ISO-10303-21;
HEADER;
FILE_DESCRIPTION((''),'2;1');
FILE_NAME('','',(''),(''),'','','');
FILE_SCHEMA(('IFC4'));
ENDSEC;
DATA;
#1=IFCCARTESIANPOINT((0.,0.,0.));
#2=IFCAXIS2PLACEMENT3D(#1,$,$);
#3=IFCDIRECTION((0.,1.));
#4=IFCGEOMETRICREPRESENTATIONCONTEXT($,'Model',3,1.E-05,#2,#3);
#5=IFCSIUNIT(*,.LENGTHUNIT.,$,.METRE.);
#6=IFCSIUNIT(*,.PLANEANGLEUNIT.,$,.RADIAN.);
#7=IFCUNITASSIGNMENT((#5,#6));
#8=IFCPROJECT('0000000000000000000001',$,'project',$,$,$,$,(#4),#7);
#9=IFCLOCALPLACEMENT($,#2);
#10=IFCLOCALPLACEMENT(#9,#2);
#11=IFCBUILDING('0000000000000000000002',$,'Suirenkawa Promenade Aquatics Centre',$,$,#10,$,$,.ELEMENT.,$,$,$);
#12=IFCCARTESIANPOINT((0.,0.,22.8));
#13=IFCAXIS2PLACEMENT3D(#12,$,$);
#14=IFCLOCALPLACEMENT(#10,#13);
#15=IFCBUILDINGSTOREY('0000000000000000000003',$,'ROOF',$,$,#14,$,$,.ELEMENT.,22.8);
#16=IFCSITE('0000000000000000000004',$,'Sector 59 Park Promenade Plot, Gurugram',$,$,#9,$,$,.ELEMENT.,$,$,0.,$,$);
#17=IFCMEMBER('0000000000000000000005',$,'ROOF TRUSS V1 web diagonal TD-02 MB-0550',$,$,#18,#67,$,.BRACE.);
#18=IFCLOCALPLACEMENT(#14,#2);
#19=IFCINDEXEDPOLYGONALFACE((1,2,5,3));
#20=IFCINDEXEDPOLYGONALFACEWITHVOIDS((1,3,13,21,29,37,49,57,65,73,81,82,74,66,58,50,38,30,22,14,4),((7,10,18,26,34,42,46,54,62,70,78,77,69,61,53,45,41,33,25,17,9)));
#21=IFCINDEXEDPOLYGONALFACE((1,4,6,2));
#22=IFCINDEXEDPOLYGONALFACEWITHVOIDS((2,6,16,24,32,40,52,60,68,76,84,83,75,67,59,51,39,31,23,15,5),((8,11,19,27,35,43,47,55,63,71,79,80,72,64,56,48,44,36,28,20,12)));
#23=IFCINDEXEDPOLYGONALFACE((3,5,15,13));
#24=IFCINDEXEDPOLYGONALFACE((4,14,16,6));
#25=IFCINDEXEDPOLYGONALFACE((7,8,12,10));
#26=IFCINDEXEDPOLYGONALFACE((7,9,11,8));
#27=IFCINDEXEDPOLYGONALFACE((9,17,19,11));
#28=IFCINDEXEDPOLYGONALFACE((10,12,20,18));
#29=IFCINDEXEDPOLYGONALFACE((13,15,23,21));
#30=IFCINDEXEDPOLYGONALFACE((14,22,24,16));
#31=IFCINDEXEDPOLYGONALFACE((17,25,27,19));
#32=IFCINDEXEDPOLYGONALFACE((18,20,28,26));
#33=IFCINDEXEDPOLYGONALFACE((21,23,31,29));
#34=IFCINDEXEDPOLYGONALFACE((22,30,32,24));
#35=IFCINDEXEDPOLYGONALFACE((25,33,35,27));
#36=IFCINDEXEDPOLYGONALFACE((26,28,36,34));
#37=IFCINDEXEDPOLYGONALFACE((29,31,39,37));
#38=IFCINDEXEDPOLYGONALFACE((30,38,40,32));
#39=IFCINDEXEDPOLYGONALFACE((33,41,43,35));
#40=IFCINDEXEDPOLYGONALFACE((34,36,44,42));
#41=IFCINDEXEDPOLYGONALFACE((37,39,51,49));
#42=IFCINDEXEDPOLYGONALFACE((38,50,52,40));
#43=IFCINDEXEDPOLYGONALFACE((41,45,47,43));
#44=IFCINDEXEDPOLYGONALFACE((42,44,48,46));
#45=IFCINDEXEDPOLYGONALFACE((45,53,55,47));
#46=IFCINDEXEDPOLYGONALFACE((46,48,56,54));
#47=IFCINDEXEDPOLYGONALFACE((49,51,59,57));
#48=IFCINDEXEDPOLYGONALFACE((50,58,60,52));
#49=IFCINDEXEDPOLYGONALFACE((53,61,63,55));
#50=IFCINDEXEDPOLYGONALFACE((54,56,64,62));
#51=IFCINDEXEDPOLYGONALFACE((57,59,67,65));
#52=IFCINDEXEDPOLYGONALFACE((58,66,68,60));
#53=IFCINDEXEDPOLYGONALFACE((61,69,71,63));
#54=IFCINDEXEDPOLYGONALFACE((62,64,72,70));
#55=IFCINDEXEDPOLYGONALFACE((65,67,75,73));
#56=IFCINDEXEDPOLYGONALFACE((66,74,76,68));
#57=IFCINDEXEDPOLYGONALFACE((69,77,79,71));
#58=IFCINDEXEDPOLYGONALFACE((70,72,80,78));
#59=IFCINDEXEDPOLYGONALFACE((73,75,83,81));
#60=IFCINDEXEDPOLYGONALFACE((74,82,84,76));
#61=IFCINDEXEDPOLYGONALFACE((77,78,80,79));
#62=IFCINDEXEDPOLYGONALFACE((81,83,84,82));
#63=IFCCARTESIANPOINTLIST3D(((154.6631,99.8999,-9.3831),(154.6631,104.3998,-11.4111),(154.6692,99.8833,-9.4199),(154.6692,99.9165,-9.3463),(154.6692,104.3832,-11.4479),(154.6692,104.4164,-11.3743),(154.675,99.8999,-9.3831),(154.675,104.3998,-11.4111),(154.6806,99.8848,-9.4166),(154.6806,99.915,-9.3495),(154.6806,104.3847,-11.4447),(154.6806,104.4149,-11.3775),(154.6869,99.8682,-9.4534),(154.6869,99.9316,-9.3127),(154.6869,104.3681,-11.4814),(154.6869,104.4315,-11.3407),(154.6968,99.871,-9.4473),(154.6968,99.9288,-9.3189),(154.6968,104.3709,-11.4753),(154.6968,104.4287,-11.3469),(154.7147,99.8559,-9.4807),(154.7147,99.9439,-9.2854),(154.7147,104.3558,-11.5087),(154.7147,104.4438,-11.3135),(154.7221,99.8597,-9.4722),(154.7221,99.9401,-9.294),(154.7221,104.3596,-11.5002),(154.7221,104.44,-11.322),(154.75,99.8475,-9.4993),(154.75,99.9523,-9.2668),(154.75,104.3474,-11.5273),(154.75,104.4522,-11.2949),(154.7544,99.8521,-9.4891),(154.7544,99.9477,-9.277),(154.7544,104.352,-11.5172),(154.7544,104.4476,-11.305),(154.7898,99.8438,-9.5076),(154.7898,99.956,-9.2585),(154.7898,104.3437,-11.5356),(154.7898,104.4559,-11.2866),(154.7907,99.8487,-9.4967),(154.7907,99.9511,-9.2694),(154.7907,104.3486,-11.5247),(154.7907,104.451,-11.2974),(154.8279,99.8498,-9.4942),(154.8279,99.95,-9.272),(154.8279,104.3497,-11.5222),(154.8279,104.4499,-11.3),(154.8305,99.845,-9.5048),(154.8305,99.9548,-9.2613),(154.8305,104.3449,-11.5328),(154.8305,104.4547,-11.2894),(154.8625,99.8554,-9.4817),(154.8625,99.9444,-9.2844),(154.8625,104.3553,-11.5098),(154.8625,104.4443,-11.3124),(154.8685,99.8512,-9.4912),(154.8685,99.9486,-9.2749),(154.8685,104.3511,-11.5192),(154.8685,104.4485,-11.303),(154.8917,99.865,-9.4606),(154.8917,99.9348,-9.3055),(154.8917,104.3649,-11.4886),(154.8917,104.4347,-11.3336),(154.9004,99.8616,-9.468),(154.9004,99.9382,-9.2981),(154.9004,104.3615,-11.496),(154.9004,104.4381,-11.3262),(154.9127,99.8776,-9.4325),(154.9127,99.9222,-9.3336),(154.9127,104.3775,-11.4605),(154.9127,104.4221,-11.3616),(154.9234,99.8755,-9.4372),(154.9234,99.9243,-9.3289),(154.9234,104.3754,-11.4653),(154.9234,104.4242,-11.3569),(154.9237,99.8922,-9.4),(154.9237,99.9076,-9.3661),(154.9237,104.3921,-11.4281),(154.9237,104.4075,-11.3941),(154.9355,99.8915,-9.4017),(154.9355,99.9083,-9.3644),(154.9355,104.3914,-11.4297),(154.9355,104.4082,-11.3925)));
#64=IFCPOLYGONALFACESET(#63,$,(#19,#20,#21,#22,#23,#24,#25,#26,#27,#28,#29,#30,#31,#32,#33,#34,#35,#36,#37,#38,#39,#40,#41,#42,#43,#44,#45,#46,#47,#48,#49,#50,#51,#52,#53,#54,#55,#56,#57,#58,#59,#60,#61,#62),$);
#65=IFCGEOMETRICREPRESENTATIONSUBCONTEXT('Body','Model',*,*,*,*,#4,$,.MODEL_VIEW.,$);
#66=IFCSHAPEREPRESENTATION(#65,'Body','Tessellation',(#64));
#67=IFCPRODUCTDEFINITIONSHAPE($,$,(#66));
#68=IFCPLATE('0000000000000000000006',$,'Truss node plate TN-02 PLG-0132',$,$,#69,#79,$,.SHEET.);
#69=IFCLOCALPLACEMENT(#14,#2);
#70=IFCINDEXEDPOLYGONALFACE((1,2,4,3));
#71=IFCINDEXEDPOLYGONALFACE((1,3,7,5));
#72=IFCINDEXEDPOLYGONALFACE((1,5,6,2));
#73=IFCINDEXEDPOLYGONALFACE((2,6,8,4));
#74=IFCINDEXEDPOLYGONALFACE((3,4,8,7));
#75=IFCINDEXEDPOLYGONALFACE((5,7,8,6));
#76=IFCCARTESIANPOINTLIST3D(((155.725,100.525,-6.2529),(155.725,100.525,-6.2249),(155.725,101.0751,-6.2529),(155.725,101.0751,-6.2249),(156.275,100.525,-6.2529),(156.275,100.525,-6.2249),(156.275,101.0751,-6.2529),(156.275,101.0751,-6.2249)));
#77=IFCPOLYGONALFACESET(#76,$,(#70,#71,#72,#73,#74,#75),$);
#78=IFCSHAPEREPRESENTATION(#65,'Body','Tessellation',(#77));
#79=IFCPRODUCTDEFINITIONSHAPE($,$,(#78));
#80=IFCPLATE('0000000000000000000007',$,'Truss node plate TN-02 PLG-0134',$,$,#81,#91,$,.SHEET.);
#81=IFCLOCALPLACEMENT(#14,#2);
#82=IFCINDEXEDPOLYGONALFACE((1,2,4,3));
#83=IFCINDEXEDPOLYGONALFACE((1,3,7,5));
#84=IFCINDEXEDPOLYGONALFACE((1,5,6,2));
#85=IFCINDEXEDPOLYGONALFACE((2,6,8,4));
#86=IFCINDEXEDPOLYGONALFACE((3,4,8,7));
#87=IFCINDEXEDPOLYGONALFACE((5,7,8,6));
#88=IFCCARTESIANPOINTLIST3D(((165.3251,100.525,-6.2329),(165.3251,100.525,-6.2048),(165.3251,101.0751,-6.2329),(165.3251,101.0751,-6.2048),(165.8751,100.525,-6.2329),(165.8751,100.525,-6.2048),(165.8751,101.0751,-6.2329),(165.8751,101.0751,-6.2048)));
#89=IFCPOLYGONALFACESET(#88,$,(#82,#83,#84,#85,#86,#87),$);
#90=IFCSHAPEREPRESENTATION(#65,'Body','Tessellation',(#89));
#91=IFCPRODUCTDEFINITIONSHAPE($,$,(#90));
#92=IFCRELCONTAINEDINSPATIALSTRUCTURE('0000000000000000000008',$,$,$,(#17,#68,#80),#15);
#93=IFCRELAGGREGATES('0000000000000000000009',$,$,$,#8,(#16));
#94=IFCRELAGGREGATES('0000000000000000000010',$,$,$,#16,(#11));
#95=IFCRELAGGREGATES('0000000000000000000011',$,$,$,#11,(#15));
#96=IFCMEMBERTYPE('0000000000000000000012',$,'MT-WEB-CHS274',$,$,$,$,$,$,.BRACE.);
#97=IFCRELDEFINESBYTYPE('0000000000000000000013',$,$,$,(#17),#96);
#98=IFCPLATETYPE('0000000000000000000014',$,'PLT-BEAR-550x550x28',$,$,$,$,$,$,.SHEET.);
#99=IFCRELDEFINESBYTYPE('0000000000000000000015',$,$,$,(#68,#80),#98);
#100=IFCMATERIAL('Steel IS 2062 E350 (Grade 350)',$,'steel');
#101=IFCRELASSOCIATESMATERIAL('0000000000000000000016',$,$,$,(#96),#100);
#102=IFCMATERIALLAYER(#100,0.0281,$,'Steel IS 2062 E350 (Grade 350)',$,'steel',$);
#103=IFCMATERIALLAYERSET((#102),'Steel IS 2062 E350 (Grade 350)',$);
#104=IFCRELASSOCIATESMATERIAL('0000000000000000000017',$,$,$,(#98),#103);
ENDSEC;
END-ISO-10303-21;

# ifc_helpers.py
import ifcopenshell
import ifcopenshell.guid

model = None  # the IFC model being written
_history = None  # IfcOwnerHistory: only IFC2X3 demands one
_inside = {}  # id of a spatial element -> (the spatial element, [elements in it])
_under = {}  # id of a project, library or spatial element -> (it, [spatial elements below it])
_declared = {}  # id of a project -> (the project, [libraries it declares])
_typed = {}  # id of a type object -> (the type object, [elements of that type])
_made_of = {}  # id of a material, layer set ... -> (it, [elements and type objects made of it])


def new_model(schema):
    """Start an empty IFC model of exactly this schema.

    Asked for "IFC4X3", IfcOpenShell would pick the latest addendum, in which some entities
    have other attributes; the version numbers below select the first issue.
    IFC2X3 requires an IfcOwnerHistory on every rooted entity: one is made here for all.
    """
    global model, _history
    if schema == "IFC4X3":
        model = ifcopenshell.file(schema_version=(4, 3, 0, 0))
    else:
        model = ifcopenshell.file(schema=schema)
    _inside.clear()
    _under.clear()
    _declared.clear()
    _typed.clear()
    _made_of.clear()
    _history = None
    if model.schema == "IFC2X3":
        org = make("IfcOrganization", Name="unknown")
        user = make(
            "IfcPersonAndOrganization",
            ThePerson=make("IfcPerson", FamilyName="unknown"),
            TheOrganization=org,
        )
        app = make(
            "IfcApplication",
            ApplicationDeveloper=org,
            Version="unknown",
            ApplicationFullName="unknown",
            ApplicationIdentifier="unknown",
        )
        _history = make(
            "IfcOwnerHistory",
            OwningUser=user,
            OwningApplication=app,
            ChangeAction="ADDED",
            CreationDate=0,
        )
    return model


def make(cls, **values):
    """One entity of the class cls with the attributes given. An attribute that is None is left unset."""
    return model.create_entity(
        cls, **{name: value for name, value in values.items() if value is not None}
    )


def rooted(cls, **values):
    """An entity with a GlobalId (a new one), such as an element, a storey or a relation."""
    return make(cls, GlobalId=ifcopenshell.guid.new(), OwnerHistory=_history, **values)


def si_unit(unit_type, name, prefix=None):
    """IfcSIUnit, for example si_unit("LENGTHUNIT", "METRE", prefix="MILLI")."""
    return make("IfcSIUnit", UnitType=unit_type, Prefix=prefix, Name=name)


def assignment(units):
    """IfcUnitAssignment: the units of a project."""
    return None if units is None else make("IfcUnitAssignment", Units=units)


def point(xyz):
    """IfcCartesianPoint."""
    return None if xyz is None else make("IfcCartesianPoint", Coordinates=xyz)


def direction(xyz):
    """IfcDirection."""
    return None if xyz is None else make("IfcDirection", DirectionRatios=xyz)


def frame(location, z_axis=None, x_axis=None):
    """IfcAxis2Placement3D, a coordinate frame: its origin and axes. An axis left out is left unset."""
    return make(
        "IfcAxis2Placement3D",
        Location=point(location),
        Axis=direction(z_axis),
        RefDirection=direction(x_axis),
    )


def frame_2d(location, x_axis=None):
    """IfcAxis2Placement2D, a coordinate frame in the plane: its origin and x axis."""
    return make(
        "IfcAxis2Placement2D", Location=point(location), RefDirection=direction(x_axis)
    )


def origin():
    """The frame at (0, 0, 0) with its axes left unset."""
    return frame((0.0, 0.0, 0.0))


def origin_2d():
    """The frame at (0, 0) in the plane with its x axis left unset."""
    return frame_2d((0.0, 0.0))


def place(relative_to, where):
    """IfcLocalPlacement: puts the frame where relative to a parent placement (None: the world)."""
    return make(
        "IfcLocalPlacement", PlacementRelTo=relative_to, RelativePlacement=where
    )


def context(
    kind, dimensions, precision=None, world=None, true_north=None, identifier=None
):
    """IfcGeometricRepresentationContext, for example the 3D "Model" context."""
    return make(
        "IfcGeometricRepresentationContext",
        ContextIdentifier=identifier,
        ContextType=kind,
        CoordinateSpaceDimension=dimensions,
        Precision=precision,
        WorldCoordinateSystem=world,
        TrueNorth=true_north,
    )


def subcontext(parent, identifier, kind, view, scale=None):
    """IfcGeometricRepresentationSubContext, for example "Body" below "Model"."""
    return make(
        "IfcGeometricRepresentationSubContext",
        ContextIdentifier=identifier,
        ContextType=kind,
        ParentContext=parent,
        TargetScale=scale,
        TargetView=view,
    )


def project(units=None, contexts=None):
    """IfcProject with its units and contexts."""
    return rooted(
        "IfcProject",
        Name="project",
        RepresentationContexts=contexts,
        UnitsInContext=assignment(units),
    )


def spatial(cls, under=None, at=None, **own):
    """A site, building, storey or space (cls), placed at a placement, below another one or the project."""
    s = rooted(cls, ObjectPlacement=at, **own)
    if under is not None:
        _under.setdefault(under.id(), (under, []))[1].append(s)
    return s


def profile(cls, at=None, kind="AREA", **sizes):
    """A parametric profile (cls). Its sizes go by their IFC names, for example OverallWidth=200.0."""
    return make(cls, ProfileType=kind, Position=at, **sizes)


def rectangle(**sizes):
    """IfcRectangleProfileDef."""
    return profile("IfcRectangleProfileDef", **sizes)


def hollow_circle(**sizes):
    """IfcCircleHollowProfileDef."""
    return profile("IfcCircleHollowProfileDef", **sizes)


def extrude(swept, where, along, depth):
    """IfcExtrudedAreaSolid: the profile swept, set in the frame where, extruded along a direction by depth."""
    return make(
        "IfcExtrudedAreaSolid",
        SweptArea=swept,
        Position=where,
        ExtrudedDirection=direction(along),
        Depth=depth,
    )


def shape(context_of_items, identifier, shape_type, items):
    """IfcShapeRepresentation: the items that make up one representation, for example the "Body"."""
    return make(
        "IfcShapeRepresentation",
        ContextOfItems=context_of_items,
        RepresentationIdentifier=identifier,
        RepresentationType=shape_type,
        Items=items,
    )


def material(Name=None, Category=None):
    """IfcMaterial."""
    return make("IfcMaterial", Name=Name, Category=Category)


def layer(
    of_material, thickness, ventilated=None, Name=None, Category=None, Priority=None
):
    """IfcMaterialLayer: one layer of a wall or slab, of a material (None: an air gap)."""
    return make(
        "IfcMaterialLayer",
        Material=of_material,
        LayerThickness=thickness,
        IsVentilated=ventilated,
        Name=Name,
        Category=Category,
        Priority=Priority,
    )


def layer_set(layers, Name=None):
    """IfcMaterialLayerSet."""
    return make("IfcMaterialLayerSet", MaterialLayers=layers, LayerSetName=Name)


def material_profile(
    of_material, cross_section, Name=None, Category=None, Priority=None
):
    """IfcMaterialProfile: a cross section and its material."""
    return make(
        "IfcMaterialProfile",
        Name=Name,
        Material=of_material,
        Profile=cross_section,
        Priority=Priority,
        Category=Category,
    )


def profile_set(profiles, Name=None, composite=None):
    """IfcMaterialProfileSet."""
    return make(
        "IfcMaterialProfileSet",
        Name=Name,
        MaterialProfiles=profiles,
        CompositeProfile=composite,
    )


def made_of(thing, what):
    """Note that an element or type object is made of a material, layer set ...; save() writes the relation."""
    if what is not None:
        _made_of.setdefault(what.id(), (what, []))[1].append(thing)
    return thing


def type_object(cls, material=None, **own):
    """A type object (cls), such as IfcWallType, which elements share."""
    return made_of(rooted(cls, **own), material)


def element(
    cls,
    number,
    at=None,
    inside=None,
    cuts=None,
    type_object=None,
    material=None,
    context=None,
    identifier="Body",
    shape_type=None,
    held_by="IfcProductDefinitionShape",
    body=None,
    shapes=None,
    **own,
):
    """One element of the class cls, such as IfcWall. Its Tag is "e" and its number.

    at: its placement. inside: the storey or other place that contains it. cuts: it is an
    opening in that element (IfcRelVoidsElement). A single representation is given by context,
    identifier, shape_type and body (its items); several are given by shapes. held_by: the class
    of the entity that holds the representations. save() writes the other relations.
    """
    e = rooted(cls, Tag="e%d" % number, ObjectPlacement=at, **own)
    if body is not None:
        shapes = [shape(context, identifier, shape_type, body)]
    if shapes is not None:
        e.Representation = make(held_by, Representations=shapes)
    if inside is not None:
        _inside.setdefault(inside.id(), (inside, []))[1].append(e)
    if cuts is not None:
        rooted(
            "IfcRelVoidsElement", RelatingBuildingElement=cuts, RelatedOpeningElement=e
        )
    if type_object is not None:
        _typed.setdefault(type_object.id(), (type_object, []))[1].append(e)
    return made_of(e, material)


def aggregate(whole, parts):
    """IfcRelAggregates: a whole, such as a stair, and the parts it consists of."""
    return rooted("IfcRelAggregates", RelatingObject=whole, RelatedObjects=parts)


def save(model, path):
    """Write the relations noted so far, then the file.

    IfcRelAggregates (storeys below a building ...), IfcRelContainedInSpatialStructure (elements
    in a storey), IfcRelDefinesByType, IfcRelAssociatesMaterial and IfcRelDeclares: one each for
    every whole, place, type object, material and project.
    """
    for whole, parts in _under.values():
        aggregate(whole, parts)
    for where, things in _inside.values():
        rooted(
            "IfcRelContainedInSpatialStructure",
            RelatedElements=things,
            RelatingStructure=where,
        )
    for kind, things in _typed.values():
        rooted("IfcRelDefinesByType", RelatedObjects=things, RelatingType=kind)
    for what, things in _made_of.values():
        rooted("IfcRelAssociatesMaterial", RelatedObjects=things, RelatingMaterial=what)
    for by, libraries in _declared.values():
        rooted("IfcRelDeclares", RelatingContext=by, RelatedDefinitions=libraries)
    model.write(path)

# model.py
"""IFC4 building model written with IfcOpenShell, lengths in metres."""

from ifc_helpers import new_model, si_unit, direction, frame, origin, origin_2d, place, context, subcontext, project, spatial, rectangle, hollow_circle, extrude, material, layer, layer_set, material_profile, profile_set, type_object, element, save


model = new_model("IFC4")

# Units and contexts
model_context = context("Model", 3, precision=1e-05, world=origin(), true_north=direction((0.0, 1.0)))
body_context = subcontext(model_context, "Body", "Model", "MODEL_VIEW")
ifc_project = project(units=[si_unit("LENGTHUNIT", "METRE"), si_unit("PLANEANGLEUNIT", "RADIAN")], contexts=[model_context])

# Site, building, storey
site_placement = place(None, origin())
site = spatial("IfcSite", under=ifc_project, at=site_placement, Name="Sector 59 Park Promenade Plot, Gurugram", CompositionType="ELEMENT", RefElevation=0.0)
building_placement = place(site_placement, origin())
building = spatial("IfcBuilding", under=site, at=building_placement, Name="Suirenkawa Promenade Aquatics Centre", CompositionType="ELEMENT")
storey_placement = place(building_placement, frame((0.0, 0.0, 22.8)))
storey = spatial("IfcBuildingStorey", under=building, at=storey_placement, Name="ROOF", CompositionType="ELEMENT", Elevation=22.8)

# Shared definitions
ifc_material = material(Name="Steel IS 2062 E350 (Grade 350)", Category="steel")

# Member
ifc_material_profile_1 = material_profile(ifc_material, hollow_circle(Radius=0.137, WallThickness=0.012, at=origin_2d()), Name="CHS 274x12", Category="steel")
ifc_profile_set_1 = profile_set([ifc_material_profile_1], Name="Steel IS 2062 E350 (Grade 350)")
member_type_1 = type_object("IfcMemberType", Name="MT-WEB-CHS274", PredefinedType="BRACE", material=ifc_profile_set_1)
member_1_placement = place(storey_placement, frame((154.8, 99.8999, -9.3831), z_axis=(0.0, 0.911688, -0.410883), x_axis=(-1.0, 0.0, 0.0)))
element("IfcMember", 1, at=member_1_placement, inside=storey, type_object=member_type_1, Name="ROOF TRUSS V1 web diagonal TD-02 MB-0550", PredefinedType="BRACE", context=body_context, shape_type="SweptSolid", body=[
    extrude(hollow_circle(Radius=0.137, WallThickness=0.012, at=origin_2d()), origin(), (0.0, 0.0, 1.0), 4.9358),
])

# Plates
ifc_layer = layer(ifc_material, 0.0281, Name="Steel IS 2062 E350 (Grade 350)", Category="steel")
ifc_layer_set = layer_set([ifc_layer], Name="Steel IS 2062 E350 (Grade 350)")
plate_type = type_object("IfcPlateType", Name="PLT-BEAR-550x550x28", PredefinedType="SHEET", material=ifc_layer_set)
for number, where, z_axis, x_axis, name in (
    (2, (156.0, 100.8, -6.2529), (0.0, 0.0, 1.0), (1.0, 0.0, 0.0), "Truss node plate TN-02 PLG-0132"),
    (3, (165.6001, 100.8, -6.2329), (0.0, 0.0, 1.0), (1.0, 0.0, 0.0), "Truss node plate TN-02 PLG-0134"),
):
    element("IfcPlate", number, at=place(storey_placement, frame(where, z_axis=z_axis, x_axis=x_axis)), inside=storey, type_object=plate_type, Name=name, PredefinedType="SHEET", context=body_context, shape_type="SweptSolid", body=[
        extrude(rectangle(XDim=0.55, YDim=0.55, at=origin_2d()), origin(), (0.0, 0.0, 1.0), 0.0281),
    ])

save(model, "model.ifc")
